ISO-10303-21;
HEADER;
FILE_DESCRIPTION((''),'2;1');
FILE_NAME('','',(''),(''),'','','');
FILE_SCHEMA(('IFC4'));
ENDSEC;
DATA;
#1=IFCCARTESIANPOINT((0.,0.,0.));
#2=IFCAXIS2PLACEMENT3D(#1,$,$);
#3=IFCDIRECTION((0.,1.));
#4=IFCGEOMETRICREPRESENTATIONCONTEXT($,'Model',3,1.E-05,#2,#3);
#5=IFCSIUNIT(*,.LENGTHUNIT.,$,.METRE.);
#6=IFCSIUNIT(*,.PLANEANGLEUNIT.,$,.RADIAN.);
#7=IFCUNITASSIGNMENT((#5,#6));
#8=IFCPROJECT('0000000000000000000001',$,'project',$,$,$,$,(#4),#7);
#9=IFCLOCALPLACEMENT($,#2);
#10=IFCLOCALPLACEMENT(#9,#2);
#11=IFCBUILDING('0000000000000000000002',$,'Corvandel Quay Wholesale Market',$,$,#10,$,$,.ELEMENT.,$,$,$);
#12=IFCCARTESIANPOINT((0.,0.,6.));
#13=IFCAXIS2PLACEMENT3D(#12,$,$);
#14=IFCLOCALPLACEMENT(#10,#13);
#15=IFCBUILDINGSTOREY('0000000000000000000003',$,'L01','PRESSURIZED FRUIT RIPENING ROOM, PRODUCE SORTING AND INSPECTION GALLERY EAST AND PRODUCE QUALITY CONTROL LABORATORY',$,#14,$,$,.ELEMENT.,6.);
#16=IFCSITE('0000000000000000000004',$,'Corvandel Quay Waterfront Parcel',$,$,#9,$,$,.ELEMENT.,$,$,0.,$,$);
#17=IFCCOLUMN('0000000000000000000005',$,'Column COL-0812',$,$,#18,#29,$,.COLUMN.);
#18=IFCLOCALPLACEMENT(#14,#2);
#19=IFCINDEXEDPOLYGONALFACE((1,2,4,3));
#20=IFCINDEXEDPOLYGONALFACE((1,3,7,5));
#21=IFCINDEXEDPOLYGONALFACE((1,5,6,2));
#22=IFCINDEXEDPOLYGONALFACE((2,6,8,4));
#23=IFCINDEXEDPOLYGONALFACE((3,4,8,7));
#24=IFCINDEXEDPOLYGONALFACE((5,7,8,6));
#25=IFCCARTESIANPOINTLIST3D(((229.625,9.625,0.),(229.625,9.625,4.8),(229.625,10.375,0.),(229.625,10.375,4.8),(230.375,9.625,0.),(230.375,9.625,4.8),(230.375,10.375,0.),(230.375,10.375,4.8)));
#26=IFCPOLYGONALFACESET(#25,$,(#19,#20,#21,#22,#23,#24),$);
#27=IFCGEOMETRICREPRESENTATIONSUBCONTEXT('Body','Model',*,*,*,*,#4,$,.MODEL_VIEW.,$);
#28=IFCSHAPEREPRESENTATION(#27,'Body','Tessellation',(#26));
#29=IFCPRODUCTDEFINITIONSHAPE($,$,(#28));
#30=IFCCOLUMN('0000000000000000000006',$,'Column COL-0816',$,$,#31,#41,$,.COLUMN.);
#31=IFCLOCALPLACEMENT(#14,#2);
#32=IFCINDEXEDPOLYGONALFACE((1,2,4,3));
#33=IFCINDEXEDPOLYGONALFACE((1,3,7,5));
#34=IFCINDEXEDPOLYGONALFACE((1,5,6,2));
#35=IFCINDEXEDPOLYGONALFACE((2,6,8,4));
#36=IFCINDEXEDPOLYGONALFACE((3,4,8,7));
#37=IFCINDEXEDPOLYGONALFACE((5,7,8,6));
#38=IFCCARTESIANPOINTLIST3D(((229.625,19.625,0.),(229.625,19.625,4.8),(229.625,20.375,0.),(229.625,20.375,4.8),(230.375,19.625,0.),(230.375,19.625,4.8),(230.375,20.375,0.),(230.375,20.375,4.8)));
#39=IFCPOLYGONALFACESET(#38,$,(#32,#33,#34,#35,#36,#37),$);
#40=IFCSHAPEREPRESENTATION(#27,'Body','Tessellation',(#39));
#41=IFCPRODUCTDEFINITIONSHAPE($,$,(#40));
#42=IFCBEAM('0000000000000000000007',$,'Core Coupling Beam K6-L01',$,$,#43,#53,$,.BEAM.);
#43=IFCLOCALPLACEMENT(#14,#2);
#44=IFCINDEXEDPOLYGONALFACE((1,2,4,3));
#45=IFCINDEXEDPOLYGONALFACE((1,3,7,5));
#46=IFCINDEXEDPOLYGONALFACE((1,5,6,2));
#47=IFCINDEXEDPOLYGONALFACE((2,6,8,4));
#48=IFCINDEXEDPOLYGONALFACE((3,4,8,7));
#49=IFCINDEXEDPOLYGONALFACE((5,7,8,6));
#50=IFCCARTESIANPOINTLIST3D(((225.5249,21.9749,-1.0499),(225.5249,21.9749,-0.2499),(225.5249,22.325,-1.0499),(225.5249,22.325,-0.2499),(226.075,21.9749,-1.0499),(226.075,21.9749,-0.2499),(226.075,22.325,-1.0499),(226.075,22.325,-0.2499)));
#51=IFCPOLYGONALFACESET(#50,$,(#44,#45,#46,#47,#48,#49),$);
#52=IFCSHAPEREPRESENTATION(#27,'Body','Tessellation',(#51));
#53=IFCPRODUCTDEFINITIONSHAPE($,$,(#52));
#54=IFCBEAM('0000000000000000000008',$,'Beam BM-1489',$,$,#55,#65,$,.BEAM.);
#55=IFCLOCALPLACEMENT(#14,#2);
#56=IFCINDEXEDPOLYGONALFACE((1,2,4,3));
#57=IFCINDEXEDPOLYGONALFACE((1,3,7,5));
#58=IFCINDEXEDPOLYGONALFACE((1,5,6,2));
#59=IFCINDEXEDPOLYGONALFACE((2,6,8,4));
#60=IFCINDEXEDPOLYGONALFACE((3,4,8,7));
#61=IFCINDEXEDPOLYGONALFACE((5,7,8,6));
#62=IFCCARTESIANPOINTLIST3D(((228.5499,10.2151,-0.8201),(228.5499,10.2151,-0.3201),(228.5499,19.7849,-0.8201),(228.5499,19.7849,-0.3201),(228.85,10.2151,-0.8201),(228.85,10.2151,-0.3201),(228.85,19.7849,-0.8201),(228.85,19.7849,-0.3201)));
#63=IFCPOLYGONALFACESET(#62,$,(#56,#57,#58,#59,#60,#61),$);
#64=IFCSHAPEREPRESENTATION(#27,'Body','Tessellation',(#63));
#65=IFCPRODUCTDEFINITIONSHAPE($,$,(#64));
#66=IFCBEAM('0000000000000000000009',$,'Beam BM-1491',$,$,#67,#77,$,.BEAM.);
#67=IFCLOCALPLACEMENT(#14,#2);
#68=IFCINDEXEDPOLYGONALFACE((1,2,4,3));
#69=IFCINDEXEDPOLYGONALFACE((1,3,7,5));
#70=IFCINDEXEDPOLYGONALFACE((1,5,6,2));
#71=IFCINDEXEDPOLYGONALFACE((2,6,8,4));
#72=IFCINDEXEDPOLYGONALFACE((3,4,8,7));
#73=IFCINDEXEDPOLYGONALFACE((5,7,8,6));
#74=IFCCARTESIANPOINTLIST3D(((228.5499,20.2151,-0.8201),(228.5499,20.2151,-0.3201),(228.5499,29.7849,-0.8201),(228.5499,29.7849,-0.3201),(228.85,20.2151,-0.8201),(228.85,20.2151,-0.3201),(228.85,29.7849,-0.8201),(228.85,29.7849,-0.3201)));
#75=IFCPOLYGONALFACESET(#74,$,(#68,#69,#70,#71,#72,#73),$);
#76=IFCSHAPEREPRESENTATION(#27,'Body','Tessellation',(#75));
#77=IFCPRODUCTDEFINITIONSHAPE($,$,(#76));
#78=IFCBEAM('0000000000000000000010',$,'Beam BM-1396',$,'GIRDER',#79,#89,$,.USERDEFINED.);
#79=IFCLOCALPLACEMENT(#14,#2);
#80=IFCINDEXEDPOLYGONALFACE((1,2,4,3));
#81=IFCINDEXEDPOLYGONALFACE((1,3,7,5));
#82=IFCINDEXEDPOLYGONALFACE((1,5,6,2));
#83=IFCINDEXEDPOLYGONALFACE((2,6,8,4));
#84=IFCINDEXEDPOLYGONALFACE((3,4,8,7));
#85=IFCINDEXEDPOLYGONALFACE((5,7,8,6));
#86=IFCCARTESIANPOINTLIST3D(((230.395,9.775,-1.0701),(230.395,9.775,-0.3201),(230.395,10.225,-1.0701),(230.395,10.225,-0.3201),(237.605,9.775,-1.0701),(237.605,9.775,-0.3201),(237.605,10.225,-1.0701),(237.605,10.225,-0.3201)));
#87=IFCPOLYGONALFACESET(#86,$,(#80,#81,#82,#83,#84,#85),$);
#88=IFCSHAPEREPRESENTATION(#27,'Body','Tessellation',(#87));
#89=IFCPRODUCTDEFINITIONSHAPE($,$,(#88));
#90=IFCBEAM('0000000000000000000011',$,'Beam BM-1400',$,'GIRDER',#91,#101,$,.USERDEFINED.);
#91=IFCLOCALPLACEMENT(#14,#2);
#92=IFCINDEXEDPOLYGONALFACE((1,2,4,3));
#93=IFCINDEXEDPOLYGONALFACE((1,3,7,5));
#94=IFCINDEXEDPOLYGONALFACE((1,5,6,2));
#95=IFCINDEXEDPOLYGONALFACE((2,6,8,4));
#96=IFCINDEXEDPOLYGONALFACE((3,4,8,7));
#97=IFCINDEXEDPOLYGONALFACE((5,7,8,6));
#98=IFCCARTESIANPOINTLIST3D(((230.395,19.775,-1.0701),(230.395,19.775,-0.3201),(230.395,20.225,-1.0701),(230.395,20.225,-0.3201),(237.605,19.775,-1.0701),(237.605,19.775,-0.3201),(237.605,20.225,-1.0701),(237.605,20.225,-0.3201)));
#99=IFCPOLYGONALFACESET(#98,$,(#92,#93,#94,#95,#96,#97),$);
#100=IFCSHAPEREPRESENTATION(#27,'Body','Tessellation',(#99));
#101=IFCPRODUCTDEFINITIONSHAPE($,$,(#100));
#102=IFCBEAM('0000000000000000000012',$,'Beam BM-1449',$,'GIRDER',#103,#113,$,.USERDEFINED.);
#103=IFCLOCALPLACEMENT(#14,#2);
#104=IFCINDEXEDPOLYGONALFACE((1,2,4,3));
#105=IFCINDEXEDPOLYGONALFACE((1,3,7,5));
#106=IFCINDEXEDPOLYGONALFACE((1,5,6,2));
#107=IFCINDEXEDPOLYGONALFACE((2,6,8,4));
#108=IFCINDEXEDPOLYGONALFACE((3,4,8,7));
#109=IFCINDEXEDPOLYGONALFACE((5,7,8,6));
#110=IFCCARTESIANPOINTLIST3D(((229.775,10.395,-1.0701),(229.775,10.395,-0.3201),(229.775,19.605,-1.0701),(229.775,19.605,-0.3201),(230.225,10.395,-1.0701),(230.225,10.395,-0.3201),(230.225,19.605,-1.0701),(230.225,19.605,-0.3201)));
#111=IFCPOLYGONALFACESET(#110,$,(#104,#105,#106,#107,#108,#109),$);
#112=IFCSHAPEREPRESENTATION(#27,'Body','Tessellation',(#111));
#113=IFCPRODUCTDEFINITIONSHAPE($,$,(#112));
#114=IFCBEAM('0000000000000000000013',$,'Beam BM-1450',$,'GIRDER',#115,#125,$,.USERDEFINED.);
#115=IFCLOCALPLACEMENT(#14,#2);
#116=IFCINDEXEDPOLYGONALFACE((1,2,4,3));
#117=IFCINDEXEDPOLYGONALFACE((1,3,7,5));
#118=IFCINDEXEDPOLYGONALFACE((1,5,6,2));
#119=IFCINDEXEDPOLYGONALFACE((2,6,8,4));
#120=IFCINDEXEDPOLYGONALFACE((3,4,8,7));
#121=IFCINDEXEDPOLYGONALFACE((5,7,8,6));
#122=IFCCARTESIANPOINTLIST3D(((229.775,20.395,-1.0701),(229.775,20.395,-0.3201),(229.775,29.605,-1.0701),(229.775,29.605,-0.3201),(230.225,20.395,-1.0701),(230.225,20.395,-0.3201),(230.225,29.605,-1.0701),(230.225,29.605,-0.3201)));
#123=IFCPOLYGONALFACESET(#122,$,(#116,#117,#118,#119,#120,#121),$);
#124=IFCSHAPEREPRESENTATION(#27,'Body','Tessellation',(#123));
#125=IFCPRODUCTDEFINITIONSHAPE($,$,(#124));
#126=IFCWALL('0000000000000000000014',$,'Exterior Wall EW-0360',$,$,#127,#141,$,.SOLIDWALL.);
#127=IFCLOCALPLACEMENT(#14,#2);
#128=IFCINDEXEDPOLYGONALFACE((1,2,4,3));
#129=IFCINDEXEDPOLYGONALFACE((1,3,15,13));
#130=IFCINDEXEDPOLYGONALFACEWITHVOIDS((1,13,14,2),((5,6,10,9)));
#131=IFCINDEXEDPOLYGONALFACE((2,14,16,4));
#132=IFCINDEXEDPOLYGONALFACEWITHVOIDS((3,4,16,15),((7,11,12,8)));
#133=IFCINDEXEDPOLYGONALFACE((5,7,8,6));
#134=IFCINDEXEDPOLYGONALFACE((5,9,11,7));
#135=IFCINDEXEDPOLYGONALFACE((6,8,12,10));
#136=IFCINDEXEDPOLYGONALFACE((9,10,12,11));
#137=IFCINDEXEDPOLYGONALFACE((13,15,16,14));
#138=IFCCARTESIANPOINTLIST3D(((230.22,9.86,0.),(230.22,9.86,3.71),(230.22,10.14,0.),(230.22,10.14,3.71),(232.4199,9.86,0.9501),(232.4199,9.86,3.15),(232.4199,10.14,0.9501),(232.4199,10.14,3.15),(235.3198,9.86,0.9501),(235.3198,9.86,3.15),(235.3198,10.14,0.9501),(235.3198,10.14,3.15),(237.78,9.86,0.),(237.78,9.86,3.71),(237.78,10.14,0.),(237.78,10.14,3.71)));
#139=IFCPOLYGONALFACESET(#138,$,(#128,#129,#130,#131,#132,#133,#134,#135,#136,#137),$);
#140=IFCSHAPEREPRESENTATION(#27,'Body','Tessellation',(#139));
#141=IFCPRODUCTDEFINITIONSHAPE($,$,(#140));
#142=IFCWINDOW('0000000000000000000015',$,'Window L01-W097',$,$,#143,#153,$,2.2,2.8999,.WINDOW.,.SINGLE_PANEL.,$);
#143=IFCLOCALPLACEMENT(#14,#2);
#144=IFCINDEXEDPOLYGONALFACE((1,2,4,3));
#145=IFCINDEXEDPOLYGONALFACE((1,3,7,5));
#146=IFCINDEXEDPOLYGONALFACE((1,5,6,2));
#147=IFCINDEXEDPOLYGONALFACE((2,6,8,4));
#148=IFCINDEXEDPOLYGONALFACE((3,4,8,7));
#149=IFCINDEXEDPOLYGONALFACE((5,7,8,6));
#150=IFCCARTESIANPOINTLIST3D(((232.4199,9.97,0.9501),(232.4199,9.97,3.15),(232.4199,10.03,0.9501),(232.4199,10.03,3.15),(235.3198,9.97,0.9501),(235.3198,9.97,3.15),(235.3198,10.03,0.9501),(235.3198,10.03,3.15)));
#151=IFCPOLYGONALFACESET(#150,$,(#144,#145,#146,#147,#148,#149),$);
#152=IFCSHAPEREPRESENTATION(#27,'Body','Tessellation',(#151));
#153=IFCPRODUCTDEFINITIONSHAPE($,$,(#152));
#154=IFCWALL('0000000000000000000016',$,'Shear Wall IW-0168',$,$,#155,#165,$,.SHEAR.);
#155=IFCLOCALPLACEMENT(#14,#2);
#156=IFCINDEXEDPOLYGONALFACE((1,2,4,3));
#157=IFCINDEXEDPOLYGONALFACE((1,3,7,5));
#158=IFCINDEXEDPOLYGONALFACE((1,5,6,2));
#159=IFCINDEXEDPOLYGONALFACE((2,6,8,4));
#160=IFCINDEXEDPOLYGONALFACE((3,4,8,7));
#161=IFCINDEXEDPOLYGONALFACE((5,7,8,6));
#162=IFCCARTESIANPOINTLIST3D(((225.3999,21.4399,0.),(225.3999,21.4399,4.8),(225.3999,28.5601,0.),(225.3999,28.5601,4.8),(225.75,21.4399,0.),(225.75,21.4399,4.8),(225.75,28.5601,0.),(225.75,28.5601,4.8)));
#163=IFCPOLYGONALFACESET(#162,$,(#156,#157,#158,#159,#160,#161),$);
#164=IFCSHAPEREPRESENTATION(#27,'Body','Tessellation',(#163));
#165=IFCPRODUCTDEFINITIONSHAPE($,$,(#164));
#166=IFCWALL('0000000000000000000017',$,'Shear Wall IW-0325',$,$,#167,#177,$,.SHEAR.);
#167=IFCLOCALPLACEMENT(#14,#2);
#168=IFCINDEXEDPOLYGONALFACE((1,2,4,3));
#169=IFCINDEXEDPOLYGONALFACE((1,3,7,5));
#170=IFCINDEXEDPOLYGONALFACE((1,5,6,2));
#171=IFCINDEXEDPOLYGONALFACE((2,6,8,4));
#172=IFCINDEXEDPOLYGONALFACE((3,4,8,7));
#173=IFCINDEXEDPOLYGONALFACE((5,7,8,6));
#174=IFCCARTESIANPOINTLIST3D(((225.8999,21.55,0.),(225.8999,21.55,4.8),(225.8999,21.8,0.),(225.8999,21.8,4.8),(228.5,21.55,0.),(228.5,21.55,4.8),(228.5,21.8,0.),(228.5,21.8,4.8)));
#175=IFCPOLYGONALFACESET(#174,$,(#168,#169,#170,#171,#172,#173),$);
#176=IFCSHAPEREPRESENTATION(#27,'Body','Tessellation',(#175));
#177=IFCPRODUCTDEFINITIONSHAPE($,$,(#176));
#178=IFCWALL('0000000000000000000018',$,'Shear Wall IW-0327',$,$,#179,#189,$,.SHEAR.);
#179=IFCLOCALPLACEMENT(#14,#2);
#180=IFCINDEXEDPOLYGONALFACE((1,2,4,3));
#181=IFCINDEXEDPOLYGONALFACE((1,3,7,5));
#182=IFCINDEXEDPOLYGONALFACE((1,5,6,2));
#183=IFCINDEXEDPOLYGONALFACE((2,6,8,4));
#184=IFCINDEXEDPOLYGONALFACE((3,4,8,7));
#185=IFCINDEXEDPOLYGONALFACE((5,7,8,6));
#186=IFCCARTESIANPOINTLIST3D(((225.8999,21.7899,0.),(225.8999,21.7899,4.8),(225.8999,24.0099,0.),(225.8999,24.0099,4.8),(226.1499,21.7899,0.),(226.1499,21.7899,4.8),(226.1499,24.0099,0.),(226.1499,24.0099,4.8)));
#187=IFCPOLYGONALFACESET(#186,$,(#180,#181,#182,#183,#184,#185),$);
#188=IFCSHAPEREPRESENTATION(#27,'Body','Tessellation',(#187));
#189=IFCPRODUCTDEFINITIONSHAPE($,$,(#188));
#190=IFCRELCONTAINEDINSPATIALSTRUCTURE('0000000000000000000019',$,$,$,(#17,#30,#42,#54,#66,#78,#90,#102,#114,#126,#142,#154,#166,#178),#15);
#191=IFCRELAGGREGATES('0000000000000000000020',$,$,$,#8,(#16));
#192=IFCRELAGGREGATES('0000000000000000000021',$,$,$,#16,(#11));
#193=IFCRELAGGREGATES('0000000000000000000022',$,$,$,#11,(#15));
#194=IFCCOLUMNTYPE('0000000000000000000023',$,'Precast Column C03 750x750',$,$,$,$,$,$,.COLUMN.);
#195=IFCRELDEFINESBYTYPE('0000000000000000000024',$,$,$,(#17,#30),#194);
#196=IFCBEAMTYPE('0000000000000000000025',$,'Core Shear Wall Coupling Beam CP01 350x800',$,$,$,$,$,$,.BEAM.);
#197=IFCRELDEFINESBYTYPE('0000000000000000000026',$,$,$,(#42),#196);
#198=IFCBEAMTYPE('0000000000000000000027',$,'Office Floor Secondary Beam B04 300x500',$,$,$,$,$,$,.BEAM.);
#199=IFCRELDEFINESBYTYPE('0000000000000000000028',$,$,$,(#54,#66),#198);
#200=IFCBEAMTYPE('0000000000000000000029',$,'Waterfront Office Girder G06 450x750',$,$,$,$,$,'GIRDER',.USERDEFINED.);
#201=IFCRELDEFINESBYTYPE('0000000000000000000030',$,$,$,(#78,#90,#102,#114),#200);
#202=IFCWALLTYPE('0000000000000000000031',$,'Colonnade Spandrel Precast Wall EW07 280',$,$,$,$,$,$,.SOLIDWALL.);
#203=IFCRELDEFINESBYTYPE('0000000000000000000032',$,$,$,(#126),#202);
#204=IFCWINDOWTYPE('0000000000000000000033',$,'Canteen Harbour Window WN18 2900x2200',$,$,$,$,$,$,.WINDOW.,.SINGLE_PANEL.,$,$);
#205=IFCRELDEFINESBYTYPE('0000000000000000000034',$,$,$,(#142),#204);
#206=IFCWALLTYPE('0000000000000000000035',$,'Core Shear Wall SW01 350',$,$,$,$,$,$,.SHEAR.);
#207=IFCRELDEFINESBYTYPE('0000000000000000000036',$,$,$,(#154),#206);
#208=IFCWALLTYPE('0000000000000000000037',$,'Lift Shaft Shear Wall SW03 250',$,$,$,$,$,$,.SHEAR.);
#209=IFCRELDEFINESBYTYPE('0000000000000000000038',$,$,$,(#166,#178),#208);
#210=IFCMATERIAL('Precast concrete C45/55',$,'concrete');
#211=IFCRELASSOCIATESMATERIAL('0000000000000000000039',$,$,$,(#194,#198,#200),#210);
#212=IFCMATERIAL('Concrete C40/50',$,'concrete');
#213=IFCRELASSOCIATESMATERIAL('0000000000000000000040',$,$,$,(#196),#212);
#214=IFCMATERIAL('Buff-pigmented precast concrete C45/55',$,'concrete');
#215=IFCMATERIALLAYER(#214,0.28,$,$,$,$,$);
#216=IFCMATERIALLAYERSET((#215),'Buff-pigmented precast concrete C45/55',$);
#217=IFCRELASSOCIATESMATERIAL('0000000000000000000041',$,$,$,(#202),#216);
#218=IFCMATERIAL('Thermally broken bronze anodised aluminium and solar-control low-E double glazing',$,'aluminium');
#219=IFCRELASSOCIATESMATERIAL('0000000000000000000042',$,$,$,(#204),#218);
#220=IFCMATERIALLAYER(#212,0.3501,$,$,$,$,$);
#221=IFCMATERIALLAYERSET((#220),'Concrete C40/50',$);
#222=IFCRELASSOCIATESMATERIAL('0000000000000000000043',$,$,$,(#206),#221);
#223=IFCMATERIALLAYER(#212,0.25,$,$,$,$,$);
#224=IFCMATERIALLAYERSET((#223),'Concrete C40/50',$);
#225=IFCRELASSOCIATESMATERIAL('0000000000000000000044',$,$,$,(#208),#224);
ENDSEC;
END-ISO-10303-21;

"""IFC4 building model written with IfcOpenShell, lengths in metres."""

from ifc_helpers import new_model, si_unit, direction, frame, frame_2d, origin, origin_2d, place, context, subcontext, project, spatial, rectangle, extrude, material, layer, layer_set, material_profile, profile_set, type_object, element, fill, save


model = new_model("IFC4")

# Units and contexts
model_context = context("Model", 3, precision=1e-05, world=origin(), true_north=direction((0.0, 1.0)))
body_context = subcontext(model_context, "Body", "Model", "MODEL_VIEW")
ifc_project = project(units=[si_unit("LENGTHUNIT", "METRE"), si_unit("PLANEANGLEUNIT", "RADIAN")], contexts=[model_context])

# Site, building, storey
site_placement = place(None, origin())
site = spatial("IfcSite", under=ifc_project, at=site_placement, Name="Corvandel Quay Waterfront Parcel", CompositionType="ELEMENT", RefElevation=0.0)
building_placement = place(site_placement, origin())
building = spatial("IfcBuilding", under=site, at=building_placement, Name="Corvandel Quay Wholesale Market", CompositionType="ELEMENT")
storey_placement = place(building_placement, frame((0.0, 0.0, 6.0)))
storey = spatial("IfcBuildingStorey", under=building, at=storey_placement, Name="L01", Description="PRESSURIZED FRUIT RIPENING ROOM, PRODUCE SORTING AND INSPECTION GALLERY EAST AND PRODUCE QUALITY CONTROL LABORATORY", CompositionType="ELEMENT", Elevation=6.0)

# Columns
ifc_material_1 = material(Name="Precast concrete C45/55", Category="concrete")
ifc_material_profile_1 = material_profile(ifc_material_1, rectangle(XDim=0.75, YDim=0.75, at=origin_2d()), Name="PC-COL-750x750")
ifc_profile_set_1 = profile_set([ifc_material_profile_1], Name="Precast concrete C45/55")
column_type = type_object("IfcColumnType", Name="Precast Column C03 750x750", PredefinedType="COLUMN", material=ifc_profile_set_1)
for number, where, z_axis, x_axis, name in (
    (1, (230.0, 10.0, 0.0), (0.0, 0.0, 1.0), (1.0, 0.0, 0.0), "Column COL-0812"),
    (2, (230.0, 20.0, 0.0), (0.0, 0.0, 1.0), (1.0, 0.0, 0.0), "Column COL-0816"),
):
    element("IfcColumn", number, at=place(storey_placement, frame(where, z_axis=z_axis, x_axis=x_axis)), inside=storey, type_object=column_type, Name=name, PredefinedType="COLUMN", context=body_context, shape_type="SweptSolid", body=[
        extrude(rectangle(XDim=0.75, YDim=0.75, at=origin_2d()), origin(), (0.0, 0.0, 1.0), 4.8),
    ])

# Beams
ifc_material_2 = material(Name="Concrete C40/50", Category="concrete")
ifc_material_profile_2 = material_profile(ifc_material_2, rectangle(XDim=0.3501, YDim=0.8, at=origin_2d()), Name="RC-CPL-350x800")
ifc_profile_set_2 = profile_set([ifc_material_profile_2], Name="Concrete C40/50")
beam_type_1 = type_object("IfcBeamType", Name="Core Shear Wall Coupling Beam CP01 350x800", PredefinedType="BEAM", material=ifc_profile_set_2)
beam_placement = place(storey_placement, frame((225.5249, 22.1499, -0.6499), z_axis=(1.0, 0.0, 0.0), x_axis=(0.0, 1.0, 0.0)))
element("IfcBeam", 3, at=beam_placement, inside=storey, type_object=beam_type_1, Name="Core Coupling Beam K6-L01", PredefinedType="BEAM", context=body_context, shape_type="SweptSolid", body=[
    extrude(rectangle(XDim=0.3501, YDim=0.8, at=origin_2d()), origin(), (0.0, 0.0, 1.0), 0.55),
])
ifc_material_profile_3 = material_profile(ifc_material_1, rectangle(XDim=0.3, YDim=0.5, at=origin_2d()), Name="PC-BM-300x500")
ifc_profile_set_3 = profile_set([ifc_material_profile_3], Name="Precast concrete C45/55")
beam_type_2 = type_object("IfcBeamType", Name="Office Floor Secondary Beam B04 300x500", PredefinedType="BEAM", material=ifc_profile_set_3)
for number, where, z_axis, x_axis, name in (
    (4, (228.7, 10.2151, -0.5701), (0.0, 1.0, 0.0), (-1.0, 0.0, 0.0), "Beam BM-1489"),
    (5, (228.7, 20.2151, -0.5701), (0.0, 1.0, 0.0), (-1.0, 0.0, 0.0), "Beam BM-1491"),
):
    element("IfcBeam", number, at=place(storey_placement, frame(where, z_axis=z_axis, x_axis=x_axis)), inside=storey, type_object=beam_type_2, Name=name, PredefinedType="BEAM", context=body_context, shape_type="SweptSolid", body=[
        extrude(rectangle(XDim=0.3, YDim=0.5, at=origin_2d()), origin(), (0.0, 0.0, 1.0), 9.5698),
    ])
ifc_material_profile_4 = material_profile(ifc_material_1, rectangle(XDim=0.45, YDim=0.75, at=origin_2d()), Name="PC-GIR-450x750")
ifc_profile_set_4 = profile_set([ifc_material_profile_4], Name="Precast concrete C45/55")
beam_type_3 = type_object("IfcBeamType", Name="Waterfront Office Girder G06 450x750", ElementType="GIRDER", PredefinedType="USERDEFINED", material=ifc_profile_set_4)
for number, where, z_axis, x_axis, name in (
    (6, (230.395, 10.0, -0.6951), (1.0, 0.0, 0.0), (0.0, 1.0, 0.0), "Beam BM-1396"),
    (7, (230.395, 20.0, -0.6951), (1.0, 0.0, 0.0), (0.0, 1.0, 0.0), "Beam BM-1400"),
):
    element("IfcBeam", number, at=place(storey_placement, frame(where, z_axis=z_axis, x_axis=x_axis)), inside=storey, type_object=beam_type_3, Name=name, ObjectType="GIRDER", PredefinedType="USERDEFINED", context=body_context, shape_type="SweptSolid", body=[
        extrude(rectangle(XDim=0.45, YDim=0.75, at=origin_2d()), origin(), (0.0, 0.0, 1.0), 7.21),
    ])
for number, where, z_axis, x_axis, name in (
    (8, (230.0, 10.395, -0.6951), (0.0, 1.0, 0.0), (-1.0, 0.0, 0.0), "Beam BM-1449"),
    (9, (230.0, 20.395, -0.6951), (0.0, 1.0, 0.0), (-1.0, 0.0, 0.0), "Beam BM-1450"),
):
    element("IfcBeam", number, at=place(storey_placement, frame(where, z_axis=z_axis, x_axis=x_axis)), inside=storey, type_object=beam_type_3, Name=name, ObjectType="GIRDER", PredefinedType="USERDEFINED", context=body_context, shape_type="SweptSolid", body=[
        extrude(rectangle(XDim=0.45, YDim=0.75, at=origin_2d()), origin(), (0.0, 0.0, 1.0), 9.21),
    ])

# Wall, opening, window
ifc_material_3 = material(Name="Buff-pigmented precast concrete C45/55", Category="concrete")
ifc_layer_1 = layer(ifc_material_3, 0.28)
ifc_layer_set_1 = layer_set([ifc_layer_1], Name="Buff-pigmented precast concrete C45/55")
wall_type_1 = type_object("IfcWallType", Name="Colonnade Spandrel Precast Wall EW07 280", PredefinedType="SOLIDWALL", material=ifc_layer_set_1)
wall_1_placement = place(storey_placement, frame((230.22, 10.0, 0.0), z_axis=(0.0, 0.0, 1.0), x_axis=(1.0, 0.0, 0.0)))
wall_1 = element("IfcWall", 10, at=wall_1_placement, inside=storey, type_object=wall_type_1, Name="Exterior Wall EW-0360", PredefinedType="SOLIDWALL", context=body_context, shape_type="SweptSolid", body=[
    extrude(rectangle(XDim=7.5601, YDim=0.28, at=frame_2d((3.78, 0.0))), origin(), (0.0, 0.0, 1.0), 3.71),
])
opening_1_placement = place(wall_1_placement, frame((2.2, 0.0, 0.95)))
opening_1 = element("IfcOpeningElement", 11, at=opening_1_placement, cuts=wall_1, PredefinedType="OPENING", context=body_context, shape_type="SweptSolid", body=[
    extrude(rectangle(XDim=2.8999, YDim=2.2, at=frame_2d((1.45, 1.1001))), frame((0.0, 0.1499, 0.0), z_axis=(0.0, -1.0, 0.0), x_axis=(1.0, 0.0, 0.0)), (0.0, 0.0, 1.0), 0.3),
])
ifc_material_4 = material(Name="Thermally broken bronze anodised aluminium and solar-control low-E double glazing", Category="aluminium")
window_type = type_object("IfcWindowType", Name="Canteen Harbour Window WN18 2900x2200", PartitioningType="SINGLE_PANEL", PredefinedType="WINDOW", material=ifc_material_4)
window_placement = place(opening_1_placement, origin())
window = element("IfcWindow", 12, at=window_placement, inside=storey, type_object=window_type, Name="Window L01-W097", OverallHeight=2.2, OverallWidth=2.8999, PartitioningType="SINGLE_PANEL", PredefinedType="WINDOW", context=body_context, shape_type="SweptSolid", body=[
    extrude(rectangle(XDim=2.8999, YDim=2.2, at=frame_2d((1.45, 1.1001))), frame((0.0, 0.03, 0.0), z_axis=(0.0, -1.0, 0.0), x_axis=(1.0, 0.0, 0.0)), (0.0, 0.0, 1.0), 0.0601),
])
fill(opening_1, window)

# Walls
ifc_layer_2 = layer(ifc_material_2, 0.3501)
ifc_layer_set_2 = layer_set([ifc_layer_2], Name="Concrete C40/50")
wall_type_2 = type_object("IfcWallType", Name="Core Shear Wall SW01 350", PredefinedType="SHEAR", material=ifc_layer_set_2)
wall_2_placement = place(storey_placement, frame((225.575, 21.4399, 0.0), z_axis=(0.0, 0.0, 1.0), x_axis=(0.0, 1.0, 0.0)))
element("IfcWall", 13, at=wall_2_placement, inside=storey, type_object=wall_type_2, Name="Shear Wall IW-0168", PredefinedType="SHEAR", context=body_context, shape_type="SweptSolid", body=[
    extrude(rectangle(XDim=7.1201, YDim=0.3501, at=frame_2d((3.5601, 0.0))), origin(), (0.0, 0.0, 1.0), 4.8),
])
ifc_layer_3 = layer(ifc_material_2, 0.25)
ifc_layer_set_3 = layer_set([ifc_layer_3], Name="Concrete C40/50")
wall_type_3 = type_object("IfcWallType", Name="Lift Shaft Shear Wall SW03 250", PredefinedType="SHEAR", material=ifc_layer_set_3)
wall_3_placement = place(storey_placement, frame((225.8999, 21.675, 0.0), z_axis=(0.0, 0.0, 1.0), x_axis=(1.0, 0.0, 0.0)))
element("IfcWall", 14, at=wall_3_placement, inside=storey, type_object=wall_type_3, Name="Shear Wall IW-0325", PredefinedType="SHEAR", context=body_context, shape_type="SweptSolid", body=[
    extrude(rectangle(XDim=2.6001, YDim=0.25, at=frame_2d((1.3, 0.0))), origin(), (0.0, 0.0, 1.0), 4.8),
])
wall_4_placement = place(storey_placement, frame((226.0249, 21.79, 0.0), z_axis=(0.0, 0.0, 1.0), x_axis=(0.0, 1.0, 0.0)))
element("IfcWall", 15, at=wall_4_placement, inside=storey, type_object=wall_type_3, Name="Shear Wall IW-0327", PredefinedType="SHEAR", context=body_context, shape_type="SweptSolid", body=[
    extrude(rectangle(XDim=2.22, YDim=0.25, at=frame_2d((1.1099, 0.0))), origin(), (0.0, 0.0, 1.0), 4.8),
])

save(model, "model.ifc")
